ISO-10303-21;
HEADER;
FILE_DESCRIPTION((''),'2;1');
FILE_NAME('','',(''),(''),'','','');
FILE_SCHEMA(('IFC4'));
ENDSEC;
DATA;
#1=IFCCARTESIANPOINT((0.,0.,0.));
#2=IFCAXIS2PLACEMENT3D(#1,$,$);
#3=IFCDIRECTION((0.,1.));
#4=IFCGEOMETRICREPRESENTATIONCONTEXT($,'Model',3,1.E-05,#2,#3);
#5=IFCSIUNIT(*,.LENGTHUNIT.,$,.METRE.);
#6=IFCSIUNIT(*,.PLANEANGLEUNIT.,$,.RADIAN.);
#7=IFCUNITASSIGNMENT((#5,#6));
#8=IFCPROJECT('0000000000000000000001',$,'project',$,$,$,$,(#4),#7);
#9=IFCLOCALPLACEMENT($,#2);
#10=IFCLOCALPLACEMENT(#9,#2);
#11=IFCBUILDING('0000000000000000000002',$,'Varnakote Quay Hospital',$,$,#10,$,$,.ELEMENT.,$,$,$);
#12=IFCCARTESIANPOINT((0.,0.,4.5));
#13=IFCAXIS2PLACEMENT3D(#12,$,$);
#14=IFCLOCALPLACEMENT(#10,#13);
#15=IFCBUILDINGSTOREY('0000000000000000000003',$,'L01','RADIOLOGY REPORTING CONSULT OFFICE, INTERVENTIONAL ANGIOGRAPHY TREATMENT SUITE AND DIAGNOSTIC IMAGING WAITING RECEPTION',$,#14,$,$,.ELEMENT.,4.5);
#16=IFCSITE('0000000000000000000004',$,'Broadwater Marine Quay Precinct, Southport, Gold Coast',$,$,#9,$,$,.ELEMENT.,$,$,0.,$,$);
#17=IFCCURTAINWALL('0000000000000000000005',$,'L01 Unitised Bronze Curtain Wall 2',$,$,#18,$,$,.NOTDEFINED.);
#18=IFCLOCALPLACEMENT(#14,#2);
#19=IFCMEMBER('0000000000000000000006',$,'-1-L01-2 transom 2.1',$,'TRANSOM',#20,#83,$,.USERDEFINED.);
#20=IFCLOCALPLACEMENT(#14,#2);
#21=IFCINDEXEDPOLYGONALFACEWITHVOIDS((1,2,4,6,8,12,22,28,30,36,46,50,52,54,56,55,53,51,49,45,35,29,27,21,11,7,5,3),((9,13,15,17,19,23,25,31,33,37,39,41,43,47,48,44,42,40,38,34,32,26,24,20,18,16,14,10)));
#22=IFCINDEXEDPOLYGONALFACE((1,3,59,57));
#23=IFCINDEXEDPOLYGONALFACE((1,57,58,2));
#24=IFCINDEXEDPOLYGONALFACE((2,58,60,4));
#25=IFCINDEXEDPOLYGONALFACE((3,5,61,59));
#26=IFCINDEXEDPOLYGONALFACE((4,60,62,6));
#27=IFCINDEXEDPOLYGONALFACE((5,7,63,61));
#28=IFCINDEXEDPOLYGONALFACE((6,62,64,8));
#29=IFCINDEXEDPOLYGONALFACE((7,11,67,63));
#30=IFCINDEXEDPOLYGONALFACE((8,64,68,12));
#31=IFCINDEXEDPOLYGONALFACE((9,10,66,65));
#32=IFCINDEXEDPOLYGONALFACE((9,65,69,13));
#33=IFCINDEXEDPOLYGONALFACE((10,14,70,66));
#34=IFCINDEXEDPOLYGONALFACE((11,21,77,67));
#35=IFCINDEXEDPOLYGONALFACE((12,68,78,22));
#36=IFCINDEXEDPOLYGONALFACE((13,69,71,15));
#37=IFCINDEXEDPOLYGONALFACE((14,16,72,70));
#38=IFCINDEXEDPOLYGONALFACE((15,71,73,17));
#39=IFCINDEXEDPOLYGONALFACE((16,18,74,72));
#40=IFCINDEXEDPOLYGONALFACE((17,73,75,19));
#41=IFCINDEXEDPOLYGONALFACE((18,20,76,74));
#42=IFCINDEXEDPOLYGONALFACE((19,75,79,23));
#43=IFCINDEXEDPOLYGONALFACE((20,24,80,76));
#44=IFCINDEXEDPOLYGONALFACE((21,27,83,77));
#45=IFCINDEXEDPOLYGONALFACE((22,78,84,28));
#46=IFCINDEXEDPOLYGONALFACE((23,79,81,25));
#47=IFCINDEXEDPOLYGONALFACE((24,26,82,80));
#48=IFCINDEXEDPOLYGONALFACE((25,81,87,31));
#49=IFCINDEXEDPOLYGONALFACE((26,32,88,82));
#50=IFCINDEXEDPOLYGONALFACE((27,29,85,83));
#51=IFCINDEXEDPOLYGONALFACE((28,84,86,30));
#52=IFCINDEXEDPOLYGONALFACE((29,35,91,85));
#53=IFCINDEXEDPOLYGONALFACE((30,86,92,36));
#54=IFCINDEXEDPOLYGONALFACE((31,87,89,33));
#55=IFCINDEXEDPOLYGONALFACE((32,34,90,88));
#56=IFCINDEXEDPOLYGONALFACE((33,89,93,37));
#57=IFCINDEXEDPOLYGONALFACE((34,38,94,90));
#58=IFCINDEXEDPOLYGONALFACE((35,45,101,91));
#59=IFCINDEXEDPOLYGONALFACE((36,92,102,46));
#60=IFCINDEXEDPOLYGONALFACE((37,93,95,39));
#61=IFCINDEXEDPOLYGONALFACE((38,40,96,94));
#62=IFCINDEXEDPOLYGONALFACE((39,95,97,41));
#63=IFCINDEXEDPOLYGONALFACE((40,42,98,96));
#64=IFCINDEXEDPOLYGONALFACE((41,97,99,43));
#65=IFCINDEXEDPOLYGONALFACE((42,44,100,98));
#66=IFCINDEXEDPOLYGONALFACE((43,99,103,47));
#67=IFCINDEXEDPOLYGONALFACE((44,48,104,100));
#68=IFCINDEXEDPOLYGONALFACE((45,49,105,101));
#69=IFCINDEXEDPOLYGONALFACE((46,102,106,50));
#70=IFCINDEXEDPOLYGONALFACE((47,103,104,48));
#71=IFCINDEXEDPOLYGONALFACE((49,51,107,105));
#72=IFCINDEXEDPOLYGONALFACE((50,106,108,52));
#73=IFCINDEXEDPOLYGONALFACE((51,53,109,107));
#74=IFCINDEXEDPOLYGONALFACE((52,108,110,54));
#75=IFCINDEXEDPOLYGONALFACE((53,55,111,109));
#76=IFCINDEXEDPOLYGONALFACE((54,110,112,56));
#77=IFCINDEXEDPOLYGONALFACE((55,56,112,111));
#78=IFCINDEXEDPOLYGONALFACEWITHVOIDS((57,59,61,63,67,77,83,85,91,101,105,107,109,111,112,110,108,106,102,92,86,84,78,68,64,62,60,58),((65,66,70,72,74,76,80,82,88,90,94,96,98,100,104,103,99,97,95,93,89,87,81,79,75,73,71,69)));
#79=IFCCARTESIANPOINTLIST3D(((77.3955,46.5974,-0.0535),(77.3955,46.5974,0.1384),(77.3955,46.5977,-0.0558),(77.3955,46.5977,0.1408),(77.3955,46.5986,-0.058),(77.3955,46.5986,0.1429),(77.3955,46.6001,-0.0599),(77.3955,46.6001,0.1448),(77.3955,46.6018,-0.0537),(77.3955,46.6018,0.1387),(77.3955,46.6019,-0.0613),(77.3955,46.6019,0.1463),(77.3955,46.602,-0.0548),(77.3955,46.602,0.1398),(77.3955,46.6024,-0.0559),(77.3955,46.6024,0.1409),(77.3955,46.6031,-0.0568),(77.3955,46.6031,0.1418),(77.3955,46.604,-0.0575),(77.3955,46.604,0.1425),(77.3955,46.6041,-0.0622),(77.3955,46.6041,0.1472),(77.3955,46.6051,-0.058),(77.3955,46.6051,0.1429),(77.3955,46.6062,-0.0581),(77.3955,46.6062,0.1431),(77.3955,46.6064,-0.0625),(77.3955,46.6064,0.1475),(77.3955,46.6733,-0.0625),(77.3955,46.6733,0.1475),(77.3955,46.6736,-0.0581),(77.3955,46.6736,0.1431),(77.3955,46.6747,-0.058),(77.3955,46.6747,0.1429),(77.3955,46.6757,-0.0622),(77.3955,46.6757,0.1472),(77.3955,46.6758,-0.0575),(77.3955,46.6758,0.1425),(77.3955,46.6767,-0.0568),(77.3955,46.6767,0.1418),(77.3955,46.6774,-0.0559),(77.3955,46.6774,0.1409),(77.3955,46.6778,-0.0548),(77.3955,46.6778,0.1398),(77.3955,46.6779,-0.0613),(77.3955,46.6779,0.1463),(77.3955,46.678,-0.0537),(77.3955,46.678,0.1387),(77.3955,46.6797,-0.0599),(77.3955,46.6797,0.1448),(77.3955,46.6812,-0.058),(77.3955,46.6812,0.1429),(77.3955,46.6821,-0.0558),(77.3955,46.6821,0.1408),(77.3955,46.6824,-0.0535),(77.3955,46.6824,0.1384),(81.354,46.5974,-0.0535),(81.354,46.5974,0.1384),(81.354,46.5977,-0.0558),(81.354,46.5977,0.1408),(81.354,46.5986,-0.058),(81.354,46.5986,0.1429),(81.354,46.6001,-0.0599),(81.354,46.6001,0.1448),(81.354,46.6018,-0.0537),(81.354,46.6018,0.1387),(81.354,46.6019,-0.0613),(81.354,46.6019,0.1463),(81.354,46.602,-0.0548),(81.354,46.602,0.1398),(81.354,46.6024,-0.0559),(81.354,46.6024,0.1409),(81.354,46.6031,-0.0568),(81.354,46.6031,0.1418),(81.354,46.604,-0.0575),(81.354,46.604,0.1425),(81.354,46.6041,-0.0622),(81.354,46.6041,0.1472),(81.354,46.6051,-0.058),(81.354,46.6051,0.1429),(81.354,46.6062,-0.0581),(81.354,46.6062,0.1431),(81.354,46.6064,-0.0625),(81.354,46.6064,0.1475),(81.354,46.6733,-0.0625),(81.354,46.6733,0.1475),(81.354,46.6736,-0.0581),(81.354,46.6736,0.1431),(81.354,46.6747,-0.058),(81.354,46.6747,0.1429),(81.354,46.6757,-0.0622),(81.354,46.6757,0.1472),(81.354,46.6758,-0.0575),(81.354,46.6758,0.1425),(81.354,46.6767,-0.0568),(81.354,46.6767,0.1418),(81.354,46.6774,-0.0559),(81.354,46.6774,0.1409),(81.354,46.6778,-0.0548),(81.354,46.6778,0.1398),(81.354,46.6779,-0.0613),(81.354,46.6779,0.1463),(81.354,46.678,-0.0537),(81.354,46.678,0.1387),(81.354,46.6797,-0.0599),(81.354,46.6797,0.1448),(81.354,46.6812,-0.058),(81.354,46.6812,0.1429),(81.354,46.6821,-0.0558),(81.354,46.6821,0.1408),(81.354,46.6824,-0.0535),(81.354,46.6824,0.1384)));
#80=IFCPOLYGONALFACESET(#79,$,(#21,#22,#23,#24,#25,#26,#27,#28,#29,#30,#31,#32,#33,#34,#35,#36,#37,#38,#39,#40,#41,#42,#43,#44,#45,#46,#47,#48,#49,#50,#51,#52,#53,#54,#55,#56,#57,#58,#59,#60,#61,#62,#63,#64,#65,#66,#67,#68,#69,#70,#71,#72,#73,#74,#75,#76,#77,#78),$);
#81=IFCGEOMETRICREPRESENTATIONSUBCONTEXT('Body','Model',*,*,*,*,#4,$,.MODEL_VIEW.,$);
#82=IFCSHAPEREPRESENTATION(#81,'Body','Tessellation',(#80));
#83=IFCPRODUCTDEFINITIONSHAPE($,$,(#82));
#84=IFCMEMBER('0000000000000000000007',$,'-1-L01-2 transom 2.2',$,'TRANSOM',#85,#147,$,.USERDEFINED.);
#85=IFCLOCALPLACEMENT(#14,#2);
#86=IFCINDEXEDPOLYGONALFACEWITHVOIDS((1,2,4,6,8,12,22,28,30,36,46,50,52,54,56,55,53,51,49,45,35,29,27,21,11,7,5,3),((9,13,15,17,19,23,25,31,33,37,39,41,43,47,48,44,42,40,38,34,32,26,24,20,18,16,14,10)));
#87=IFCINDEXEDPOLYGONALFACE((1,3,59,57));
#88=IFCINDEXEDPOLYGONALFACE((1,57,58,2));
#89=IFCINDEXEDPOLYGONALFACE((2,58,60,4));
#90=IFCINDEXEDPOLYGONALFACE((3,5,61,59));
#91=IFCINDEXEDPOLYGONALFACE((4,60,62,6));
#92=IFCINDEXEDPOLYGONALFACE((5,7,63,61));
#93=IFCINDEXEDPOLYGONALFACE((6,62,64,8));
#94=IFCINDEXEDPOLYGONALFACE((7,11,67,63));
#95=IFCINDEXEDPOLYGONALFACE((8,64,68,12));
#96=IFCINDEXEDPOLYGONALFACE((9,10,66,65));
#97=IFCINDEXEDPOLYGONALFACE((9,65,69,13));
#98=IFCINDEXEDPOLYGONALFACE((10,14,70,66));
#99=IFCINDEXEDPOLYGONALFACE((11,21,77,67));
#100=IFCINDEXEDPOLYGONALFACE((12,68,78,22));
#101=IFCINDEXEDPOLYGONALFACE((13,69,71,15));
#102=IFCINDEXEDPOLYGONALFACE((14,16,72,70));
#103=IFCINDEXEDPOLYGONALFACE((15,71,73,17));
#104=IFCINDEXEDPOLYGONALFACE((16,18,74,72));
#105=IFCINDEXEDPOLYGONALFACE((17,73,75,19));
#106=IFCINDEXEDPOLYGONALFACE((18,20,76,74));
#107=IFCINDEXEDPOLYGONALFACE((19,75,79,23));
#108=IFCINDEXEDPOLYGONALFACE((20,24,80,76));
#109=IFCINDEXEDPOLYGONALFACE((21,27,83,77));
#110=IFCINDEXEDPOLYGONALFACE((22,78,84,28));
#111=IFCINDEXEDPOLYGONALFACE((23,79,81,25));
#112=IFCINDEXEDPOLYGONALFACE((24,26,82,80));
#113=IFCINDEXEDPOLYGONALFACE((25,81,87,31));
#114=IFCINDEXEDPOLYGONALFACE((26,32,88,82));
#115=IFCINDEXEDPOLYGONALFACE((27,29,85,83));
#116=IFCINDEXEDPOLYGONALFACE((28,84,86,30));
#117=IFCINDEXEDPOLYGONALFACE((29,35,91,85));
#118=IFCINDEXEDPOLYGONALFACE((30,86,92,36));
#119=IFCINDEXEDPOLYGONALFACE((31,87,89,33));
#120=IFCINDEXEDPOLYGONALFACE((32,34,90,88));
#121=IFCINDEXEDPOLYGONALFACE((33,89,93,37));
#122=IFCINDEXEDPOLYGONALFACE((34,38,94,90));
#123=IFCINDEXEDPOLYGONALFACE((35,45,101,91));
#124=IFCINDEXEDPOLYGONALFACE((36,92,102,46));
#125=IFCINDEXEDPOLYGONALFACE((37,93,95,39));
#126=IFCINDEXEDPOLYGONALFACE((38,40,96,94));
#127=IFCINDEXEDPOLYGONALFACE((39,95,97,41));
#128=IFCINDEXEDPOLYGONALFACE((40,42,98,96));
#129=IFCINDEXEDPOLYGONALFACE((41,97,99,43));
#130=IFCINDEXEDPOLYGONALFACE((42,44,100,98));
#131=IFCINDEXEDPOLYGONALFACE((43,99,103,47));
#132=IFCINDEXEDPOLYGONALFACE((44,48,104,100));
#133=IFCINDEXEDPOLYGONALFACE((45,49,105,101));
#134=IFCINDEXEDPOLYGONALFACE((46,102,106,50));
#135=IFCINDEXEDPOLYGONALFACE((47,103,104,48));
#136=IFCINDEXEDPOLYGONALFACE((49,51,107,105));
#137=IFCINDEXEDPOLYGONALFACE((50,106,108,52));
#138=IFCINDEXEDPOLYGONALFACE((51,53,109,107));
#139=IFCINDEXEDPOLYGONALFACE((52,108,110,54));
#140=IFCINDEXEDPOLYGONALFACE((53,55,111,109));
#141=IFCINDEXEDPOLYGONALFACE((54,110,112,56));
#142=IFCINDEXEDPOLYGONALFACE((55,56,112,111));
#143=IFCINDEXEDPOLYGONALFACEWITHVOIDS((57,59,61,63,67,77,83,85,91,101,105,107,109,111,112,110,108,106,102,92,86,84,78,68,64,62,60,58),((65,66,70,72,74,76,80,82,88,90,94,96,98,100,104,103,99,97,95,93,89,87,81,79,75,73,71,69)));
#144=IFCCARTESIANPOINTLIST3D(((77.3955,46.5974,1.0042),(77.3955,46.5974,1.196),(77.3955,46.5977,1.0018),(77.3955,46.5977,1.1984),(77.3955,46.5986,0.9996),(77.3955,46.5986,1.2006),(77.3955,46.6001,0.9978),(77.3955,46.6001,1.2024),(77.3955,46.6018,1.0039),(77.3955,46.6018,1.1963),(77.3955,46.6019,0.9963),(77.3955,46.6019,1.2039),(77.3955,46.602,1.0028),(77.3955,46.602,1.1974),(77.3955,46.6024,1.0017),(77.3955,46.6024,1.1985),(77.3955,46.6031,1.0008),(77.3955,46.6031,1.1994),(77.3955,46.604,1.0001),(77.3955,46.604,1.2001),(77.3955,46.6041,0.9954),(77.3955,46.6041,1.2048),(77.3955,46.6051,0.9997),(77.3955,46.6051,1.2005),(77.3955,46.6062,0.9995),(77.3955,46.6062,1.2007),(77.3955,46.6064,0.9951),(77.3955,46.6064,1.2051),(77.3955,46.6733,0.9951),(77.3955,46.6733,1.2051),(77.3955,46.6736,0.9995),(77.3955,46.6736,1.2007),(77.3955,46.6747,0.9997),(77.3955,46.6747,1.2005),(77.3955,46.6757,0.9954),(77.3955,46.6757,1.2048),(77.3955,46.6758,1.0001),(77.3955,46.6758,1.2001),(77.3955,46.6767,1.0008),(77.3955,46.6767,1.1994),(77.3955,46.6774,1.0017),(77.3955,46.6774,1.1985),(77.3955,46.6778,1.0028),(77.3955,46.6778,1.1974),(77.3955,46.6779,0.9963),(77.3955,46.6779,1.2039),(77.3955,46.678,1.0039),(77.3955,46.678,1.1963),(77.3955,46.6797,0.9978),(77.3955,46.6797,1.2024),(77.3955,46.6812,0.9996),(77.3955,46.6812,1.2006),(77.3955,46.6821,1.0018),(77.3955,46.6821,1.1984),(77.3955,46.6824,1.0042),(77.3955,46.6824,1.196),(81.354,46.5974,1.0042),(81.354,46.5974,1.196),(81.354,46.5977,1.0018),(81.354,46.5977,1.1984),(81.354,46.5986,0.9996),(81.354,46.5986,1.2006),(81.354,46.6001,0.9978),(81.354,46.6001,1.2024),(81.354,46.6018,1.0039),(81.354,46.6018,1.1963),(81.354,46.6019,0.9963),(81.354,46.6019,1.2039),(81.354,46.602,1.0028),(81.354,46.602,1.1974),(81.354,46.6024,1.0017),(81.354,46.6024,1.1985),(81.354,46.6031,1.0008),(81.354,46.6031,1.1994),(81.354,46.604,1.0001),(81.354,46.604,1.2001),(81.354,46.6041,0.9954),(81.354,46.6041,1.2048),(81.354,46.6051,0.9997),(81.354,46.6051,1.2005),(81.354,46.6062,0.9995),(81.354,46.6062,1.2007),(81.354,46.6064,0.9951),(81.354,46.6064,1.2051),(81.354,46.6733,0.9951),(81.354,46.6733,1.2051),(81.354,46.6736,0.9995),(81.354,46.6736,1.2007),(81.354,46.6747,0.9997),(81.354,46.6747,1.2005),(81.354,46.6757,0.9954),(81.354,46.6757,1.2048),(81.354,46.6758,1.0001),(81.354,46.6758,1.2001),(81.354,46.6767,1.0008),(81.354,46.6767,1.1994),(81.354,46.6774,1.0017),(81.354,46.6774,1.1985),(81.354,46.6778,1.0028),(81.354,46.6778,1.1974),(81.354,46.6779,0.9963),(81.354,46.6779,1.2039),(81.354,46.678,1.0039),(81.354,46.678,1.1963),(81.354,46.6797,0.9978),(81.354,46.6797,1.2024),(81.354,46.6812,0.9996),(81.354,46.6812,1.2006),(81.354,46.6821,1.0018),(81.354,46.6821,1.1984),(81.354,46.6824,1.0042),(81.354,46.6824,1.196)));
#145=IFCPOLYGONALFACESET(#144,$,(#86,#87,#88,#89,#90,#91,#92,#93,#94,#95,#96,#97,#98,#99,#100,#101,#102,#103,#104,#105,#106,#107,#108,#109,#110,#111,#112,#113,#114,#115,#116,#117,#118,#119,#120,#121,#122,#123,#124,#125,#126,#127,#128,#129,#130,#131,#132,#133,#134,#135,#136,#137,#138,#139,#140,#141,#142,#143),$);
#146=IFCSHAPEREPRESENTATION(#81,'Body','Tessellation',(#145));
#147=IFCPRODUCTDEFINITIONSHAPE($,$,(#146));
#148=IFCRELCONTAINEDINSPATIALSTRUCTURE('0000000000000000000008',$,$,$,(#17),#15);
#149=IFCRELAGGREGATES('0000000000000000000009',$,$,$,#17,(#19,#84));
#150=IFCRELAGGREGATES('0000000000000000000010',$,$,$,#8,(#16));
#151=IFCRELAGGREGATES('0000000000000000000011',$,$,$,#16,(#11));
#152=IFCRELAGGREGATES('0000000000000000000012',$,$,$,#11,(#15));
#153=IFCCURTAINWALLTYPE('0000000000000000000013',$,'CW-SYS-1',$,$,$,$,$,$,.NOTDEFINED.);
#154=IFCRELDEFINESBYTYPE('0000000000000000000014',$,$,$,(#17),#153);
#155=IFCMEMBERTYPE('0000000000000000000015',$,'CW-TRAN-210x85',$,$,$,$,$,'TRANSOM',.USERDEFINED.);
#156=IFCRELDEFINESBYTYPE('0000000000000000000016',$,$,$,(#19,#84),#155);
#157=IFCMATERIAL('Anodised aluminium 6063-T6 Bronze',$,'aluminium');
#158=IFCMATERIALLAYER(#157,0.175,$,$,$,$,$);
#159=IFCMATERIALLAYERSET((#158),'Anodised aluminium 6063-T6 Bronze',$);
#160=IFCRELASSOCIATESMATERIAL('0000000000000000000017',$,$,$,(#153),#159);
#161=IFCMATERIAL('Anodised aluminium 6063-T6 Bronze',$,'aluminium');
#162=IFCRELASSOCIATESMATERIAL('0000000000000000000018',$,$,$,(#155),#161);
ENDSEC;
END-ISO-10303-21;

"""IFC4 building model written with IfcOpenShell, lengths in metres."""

from ifc_helpers import new_model, si_unit, direction, frame, origin, origin_2d, place, context, subcontext, project, spatial, hollow_rectangle, extrude, material, layer, layer_set, material_profile, profile_set, type_object, element, aggregate, save


model = new_model("IFC4")

# Units and contexts
model_context = context("Model", 3, precision=1e-05, world=origin(), true_north=direction((0.0, 1.0)))
body_context = subcontext(model_context, "Body", "Model", "MODEL_VIEW")
ifc_project = project(units=[si_unit("LENGTHUNIT", "METRE"), si_unit("PLANEANGLEUNIT", "RADIAN")], contexts=[model_context])

# Site, building, storey
site_placement = place(None, origin())
site = spatial("IfcSite", under=ifc_project, at=site_placement, Name="Broadwater Marine Quay Precinct, Southport, Gold Coast", CompositionType="ELEMENT", RefElevation=0.0)
building_placement = place(site_placement, origin())
building = spatial("IfcBuilding", under=site, at=building_placement, Name="Varnakote Quay Hospital", CompositionType="ELEMENT")
storey_placement = place(building_placement, frame((0.0, 0.0, 4.5)))
storey = spatial("IfcBuildingStorey", under=building, at=storey_placement, Name="L01", Description="RADIOLOGY REPORTING CONSULT OFFICE, INTERVENTIONAL ANGIOGRAPHY TREATMENT SUITE AND DIAGNOSTIC IMAGING WAITING RECEPTION", CompositionType="ELEMENT", Elevation=4.5)

# Shared definitions
ifc_material_1 = material(Name="Anodised aluminium 6063-T6 Bronze", Category="aluminium")
ifc_layer_1 = layer(ifc_material_1, 0.175)
ifc_layer_set_1 = layer_set([ifc_layer_1], Name="Anodised aluminium 6063-T6 Bronze")
curtain_wall_type = type_object("IfcCurtainWallType", Name="CW-SYS-1", PredefinedType="NOTDEFINED", material=ifc_layer_set_1)

# Curtain wall, members
curtain_wall_1_placement = place(storey_placement, origin())
curtain_wall_1 = element("IfcCurtainWall", 1, at=curtain_wall_1_placement, inside=storey, type_object=curtain_wall_type, Name="L01 Unitised Bronze Curtain Wall 2", PredefinedType="NOTDEFINED")
ifc_material_2 = material(Name="Anodised aluminium 6063-T6 Bronze", Category="aluminium")
ifc_material_profile_1 = material_profile(ifc_material_2, hollow_rectangle(XDim=0.085, YDim=0.21, WallThickness=0.0044, InnerFilletRadius=0.0044, OuterFilletRadius=0.009, at=origin_2d()), Name="CW-TRAN-210x85")
ifc_profile_set_1 = profile_set([ifc_material_profile_1], Name="Anodised aluminium 6063-T6 Bronze")
member_type_1 = type_object("IfcMemberType", Name="CW-TRAN-210x85", ElementType="TRANSOM", PredefinedType="USERDEFINED", material=ifc_profile_set_1)
member_1_placement = place(storey_placement, frame((81.354, 46.6399, 0.0425), z_axis=(-1.0, 0.0, 0.0), x_axis=(0.0, -1.0, 0.0)))
member_1 = element("IfcMember", 2, at=member_1_placement, type_object=member_type_1, Name="-1-L01-2 transom 2.1", ObjectType="TRANSOM", PredefinedType="USERDEFINED", context=body_context, shape_type="SweptSolid", body=[
    extrude(hollow_rectangle(XDim=0.085, YDim=0.21, WallThickness=0.0044, InnerFilletRadius=0.0044, OuterFilletRadius=0.009, at=origin_2d()), origin(), (0.0, 0.0, 1.0), 3.9585),
])
member_2_placement = place(storey_placement, frame((81.354, 46.6399, 1.1001), z_axis=(-1.0, 0.0, 0.0), x_axis=(0.0, -1.0, 0.0)))
member_2 = element("IfcMember", 3, at=member_2_placement, type_object=member_type_1, Name="-1-L01-2 transom 2.2", ObjectType="TRANSOM", PredefinedType="USERDEFINED", context=body_context, shape_type="SweptSolid", body=[
    extrude(hollow_rectangle(XDim=0.085, YDim=0.21, WallThickness=0.0044, InnerFilletRadius=0.0044, OuterFilletRadius=0.009, at=origin_2d()), origin(), (0.0, 0.0, 1.0), 3.9585),
])

aggregate(curtain_wall_1, [member_1, member_2])

save(model, "model.ifc")
